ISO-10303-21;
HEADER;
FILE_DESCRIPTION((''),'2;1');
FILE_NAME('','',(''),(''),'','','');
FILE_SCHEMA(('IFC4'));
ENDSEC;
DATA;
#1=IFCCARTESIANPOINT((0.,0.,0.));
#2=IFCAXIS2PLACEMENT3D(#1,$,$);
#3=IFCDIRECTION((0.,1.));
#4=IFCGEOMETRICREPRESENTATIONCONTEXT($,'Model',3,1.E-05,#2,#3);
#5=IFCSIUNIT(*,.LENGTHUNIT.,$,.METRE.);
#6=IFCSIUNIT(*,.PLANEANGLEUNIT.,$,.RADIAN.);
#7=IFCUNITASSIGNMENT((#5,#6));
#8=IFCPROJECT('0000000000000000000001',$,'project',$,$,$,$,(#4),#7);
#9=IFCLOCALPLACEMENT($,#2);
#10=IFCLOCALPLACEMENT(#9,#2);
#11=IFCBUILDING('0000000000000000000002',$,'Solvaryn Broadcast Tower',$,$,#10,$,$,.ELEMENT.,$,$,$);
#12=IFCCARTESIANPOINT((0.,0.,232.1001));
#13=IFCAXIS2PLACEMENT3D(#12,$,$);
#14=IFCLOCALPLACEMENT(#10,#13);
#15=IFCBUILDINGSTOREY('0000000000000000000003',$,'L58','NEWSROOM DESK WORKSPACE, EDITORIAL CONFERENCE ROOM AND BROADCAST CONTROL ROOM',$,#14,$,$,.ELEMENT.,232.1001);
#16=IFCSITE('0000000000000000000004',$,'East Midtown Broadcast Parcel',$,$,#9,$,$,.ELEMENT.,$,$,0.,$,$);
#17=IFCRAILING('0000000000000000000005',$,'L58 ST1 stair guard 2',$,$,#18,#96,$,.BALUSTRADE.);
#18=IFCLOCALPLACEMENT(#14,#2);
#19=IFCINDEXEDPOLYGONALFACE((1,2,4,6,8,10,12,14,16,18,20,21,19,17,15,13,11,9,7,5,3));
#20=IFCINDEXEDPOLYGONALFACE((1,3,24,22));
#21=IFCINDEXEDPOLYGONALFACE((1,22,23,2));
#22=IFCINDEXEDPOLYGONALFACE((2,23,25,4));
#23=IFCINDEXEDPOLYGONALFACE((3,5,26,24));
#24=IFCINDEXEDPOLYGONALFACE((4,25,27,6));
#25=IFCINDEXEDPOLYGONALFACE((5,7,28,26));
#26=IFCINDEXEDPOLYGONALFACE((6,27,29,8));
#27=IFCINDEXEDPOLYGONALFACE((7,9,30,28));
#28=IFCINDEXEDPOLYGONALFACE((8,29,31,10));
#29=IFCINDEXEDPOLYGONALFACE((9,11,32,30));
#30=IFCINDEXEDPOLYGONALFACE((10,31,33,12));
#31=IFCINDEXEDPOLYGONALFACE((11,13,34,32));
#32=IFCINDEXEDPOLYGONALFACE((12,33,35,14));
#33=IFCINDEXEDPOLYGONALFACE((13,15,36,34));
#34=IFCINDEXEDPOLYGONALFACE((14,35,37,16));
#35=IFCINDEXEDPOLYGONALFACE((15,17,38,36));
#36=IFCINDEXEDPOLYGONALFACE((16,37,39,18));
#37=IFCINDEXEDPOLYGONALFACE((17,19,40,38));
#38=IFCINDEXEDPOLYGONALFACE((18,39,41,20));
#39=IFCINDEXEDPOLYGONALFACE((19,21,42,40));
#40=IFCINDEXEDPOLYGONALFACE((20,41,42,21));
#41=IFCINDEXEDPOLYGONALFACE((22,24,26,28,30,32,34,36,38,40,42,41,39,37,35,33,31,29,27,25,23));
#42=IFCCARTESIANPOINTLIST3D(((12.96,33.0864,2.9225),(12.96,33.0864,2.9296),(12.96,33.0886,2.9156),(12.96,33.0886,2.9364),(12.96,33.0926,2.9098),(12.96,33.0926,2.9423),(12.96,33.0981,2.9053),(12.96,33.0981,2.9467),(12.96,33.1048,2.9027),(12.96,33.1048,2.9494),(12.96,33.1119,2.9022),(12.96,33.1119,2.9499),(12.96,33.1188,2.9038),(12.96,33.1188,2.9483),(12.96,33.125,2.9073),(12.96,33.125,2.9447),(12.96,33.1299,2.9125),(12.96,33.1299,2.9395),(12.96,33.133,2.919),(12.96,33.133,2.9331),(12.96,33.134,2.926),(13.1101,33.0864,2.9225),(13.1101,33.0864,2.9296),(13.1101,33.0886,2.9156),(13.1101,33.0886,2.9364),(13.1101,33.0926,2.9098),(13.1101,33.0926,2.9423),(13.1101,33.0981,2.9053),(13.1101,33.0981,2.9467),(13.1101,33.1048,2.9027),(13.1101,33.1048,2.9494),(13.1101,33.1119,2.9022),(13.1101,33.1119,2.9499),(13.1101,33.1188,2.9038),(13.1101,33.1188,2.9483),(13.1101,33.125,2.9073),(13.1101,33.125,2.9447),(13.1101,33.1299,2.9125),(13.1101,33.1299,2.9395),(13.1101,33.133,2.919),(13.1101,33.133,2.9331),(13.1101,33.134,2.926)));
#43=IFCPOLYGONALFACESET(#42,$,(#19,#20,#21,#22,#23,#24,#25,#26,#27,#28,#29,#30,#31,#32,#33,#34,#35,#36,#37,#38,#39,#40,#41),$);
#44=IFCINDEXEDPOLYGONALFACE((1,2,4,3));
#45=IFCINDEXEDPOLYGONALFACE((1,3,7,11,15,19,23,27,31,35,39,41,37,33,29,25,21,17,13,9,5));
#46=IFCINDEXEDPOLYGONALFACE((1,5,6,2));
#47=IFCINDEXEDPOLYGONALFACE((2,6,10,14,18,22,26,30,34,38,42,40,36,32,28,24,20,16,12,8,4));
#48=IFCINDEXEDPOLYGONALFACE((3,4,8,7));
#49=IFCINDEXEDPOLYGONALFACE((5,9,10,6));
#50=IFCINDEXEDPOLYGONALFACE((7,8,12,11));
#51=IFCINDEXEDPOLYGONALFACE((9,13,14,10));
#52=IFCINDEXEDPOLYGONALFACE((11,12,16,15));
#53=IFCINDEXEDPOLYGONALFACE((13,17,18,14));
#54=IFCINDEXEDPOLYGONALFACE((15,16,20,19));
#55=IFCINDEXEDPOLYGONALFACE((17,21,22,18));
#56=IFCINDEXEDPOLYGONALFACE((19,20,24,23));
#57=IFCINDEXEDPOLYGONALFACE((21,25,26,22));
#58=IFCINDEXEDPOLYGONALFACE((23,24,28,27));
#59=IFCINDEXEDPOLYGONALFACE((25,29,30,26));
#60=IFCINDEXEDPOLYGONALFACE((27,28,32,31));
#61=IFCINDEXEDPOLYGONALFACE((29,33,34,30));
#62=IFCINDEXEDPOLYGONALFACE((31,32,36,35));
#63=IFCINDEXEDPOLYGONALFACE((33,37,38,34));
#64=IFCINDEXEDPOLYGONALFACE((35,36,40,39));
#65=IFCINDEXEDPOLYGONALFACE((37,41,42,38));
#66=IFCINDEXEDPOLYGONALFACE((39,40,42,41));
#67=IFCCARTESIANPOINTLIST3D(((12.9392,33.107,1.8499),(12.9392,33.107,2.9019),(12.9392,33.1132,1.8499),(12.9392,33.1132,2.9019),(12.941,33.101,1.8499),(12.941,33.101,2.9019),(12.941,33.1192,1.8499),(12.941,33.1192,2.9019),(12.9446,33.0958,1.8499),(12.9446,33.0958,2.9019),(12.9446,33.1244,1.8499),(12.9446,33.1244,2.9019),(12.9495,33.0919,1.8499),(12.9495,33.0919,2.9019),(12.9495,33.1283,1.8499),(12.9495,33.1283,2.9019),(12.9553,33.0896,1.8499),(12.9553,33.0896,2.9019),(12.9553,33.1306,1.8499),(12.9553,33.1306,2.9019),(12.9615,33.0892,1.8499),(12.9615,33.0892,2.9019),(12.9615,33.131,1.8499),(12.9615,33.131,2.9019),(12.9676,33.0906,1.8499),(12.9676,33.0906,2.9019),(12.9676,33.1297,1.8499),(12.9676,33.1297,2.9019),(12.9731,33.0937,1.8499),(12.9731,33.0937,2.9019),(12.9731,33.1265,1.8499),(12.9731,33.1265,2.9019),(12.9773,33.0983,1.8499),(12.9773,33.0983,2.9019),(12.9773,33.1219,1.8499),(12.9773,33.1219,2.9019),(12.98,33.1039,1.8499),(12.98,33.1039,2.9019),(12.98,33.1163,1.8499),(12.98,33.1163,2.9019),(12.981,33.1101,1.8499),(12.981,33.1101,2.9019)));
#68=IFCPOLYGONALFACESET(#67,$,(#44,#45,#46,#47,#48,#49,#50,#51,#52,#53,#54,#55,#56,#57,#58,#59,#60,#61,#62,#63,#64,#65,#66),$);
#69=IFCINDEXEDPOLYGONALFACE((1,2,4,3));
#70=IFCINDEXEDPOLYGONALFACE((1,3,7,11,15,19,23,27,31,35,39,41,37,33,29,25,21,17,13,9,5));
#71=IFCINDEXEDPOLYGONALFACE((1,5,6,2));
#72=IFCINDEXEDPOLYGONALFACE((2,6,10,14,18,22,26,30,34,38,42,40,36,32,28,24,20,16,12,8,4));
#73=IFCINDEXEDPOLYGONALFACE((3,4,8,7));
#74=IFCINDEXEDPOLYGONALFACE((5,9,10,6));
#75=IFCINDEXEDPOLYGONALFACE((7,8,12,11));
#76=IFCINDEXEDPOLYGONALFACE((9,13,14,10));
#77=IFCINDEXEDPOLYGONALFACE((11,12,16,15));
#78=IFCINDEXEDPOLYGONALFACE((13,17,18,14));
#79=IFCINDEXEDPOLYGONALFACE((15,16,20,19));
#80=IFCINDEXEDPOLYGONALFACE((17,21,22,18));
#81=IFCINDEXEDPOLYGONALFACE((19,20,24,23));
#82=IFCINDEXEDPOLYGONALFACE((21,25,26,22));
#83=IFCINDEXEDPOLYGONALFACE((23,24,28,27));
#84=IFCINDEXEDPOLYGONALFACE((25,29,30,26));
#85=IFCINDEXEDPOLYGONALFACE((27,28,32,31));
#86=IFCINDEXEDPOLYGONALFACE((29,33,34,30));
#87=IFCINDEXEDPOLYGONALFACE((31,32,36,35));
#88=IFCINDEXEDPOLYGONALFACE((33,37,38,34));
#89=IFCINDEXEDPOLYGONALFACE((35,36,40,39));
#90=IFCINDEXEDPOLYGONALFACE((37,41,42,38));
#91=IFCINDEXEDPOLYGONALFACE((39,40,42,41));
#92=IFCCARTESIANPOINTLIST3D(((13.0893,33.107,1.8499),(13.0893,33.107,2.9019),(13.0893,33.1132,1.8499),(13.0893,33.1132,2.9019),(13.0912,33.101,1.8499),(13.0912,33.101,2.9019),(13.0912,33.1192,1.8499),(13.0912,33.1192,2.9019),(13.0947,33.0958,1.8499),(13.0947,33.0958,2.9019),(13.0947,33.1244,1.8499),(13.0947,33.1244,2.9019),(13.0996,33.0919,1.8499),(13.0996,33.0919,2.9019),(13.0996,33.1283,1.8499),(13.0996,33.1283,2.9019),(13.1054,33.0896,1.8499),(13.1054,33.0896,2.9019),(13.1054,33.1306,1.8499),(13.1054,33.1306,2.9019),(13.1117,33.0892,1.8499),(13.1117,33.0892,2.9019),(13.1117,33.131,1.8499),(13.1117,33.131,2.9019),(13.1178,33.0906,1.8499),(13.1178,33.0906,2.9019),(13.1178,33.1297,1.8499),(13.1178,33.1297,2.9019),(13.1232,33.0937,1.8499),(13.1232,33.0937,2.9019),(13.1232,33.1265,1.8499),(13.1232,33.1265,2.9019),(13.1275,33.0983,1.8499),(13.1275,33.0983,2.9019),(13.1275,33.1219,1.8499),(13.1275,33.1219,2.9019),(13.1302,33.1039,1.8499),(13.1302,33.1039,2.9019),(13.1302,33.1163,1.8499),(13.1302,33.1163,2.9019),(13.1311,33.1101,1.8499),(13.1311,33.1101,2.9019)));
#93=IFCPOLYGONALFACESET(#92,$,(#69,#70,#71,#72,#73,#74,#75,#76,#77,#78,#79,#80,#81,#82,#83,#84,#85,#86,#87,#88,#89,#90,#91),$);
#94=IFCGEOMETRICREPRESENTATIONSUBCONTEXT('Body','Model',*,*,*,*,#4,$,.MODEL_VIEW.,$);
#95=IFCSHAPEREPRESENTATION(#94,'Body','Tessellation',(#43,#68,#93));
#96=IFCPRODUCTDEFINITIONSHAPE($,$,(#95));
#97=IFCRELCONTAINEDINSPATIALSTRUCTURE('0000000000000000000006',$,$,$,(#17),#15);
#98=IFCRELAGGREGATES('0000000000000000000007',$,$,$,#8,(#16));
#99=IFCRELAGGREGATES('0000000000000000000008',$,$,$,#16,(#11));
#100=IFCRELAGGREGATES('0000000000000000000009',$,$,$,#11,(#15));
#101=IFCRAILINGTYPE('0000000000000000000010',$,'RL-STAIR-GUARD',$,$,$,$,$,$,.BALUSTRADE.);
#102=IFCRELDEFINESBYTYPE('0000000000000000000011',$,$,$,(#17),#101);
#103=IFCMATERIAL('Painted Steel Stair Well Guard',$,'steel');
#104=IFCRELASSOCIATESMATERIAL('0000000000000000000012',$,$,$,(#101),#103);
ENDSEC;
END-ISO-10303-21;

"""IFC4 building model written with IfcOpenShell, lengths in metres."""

from ifc_helpers import new_model, si_unit, direction, frame, origin, origin_2d, place, context, subcontext, project, spatial, circle, extrude, material, type_object, element, save


model = new_model("IFC4")

# Units and contexts
model_context = context("Model", 3, precision=1e-05, world=origin(), true_north=direction((0.0, 1.0)))
body_context = subcontext(model_context, "Body", "Model", "MODEL_VIEW")
ifc_project = project(units=[si_unit("LENGTHUNIT", "METRE"), si_unit("PLANEANGLEUNIT", "RADIAN")], contexts=[model_context])

# Site, building, storey
site_placement = place(None, origin())
site = spatial("IfcSite", under=ifc_project, at=site_placement, Name="East Midtown Broadcast Parcel", CompositionType="ELEMENT", RefElevation=0.0)
building_placement = place(site_placement, origin())
building = spatial("IfcBuilding", under=site, at=building_placement, Name="Solvaryn Broadcast Tower", CompositionType="ELEMENT")
storey_placement = place(building_placement, frame((0.0, 0.0, 232.1001)))
storey = spatial("IfcBuildingStorey", under=building, at=storey_placement, Name="L58", Description="NEWSROOM DESK WORKSPACE, EDITORIAL CONFERENCE ROOM AND BROADCAST CONTROL ROOM", CompositionType="ELEMENT", Elevation=232.1001)

# Railing
ifc_material_1 = material(Name="Painted Steel Stair Well Guard", Category="steel")
railing_type_1 = type_object("IfcRailingType", Name="RL-STAIR-GUARD", PredefinedType="BALUSTRADE", material=ifc_material_1)
railing_1_placement = place(storey_placement, frame((12.96, 33.1101, 1.8499)))
element("IfcRailing", 1, at=railing_1_placement, inside=storey, type_object=railing_type_1, Name="L58 ST1 stair guard 2", PredefinedType="BALUSTRADE", context=body_context, shape_type="SweptSolid", body=[
    extrude(circle(Radius=0.0239, at=origin_2d()), frame((0.0, 0.0, 1.0762), z_axis=(1.0, 0.0, 0.0), x_axis=(0.0, 1.0, 0.0)), (0.0, 0.0, 1.0), 0.1501),
    extrude(circle(Radius=0.021, at=origin_2d()), origin(), (0.0, 0.0, 1.0), 1.052),
    extrude(circle(Radius=0.021, at=origin_2d()), frame((0.1501, 0.0, 0.0)), (0.0, 0.0, 1.0), 1.052),
])

save(model, "model.ifc")
